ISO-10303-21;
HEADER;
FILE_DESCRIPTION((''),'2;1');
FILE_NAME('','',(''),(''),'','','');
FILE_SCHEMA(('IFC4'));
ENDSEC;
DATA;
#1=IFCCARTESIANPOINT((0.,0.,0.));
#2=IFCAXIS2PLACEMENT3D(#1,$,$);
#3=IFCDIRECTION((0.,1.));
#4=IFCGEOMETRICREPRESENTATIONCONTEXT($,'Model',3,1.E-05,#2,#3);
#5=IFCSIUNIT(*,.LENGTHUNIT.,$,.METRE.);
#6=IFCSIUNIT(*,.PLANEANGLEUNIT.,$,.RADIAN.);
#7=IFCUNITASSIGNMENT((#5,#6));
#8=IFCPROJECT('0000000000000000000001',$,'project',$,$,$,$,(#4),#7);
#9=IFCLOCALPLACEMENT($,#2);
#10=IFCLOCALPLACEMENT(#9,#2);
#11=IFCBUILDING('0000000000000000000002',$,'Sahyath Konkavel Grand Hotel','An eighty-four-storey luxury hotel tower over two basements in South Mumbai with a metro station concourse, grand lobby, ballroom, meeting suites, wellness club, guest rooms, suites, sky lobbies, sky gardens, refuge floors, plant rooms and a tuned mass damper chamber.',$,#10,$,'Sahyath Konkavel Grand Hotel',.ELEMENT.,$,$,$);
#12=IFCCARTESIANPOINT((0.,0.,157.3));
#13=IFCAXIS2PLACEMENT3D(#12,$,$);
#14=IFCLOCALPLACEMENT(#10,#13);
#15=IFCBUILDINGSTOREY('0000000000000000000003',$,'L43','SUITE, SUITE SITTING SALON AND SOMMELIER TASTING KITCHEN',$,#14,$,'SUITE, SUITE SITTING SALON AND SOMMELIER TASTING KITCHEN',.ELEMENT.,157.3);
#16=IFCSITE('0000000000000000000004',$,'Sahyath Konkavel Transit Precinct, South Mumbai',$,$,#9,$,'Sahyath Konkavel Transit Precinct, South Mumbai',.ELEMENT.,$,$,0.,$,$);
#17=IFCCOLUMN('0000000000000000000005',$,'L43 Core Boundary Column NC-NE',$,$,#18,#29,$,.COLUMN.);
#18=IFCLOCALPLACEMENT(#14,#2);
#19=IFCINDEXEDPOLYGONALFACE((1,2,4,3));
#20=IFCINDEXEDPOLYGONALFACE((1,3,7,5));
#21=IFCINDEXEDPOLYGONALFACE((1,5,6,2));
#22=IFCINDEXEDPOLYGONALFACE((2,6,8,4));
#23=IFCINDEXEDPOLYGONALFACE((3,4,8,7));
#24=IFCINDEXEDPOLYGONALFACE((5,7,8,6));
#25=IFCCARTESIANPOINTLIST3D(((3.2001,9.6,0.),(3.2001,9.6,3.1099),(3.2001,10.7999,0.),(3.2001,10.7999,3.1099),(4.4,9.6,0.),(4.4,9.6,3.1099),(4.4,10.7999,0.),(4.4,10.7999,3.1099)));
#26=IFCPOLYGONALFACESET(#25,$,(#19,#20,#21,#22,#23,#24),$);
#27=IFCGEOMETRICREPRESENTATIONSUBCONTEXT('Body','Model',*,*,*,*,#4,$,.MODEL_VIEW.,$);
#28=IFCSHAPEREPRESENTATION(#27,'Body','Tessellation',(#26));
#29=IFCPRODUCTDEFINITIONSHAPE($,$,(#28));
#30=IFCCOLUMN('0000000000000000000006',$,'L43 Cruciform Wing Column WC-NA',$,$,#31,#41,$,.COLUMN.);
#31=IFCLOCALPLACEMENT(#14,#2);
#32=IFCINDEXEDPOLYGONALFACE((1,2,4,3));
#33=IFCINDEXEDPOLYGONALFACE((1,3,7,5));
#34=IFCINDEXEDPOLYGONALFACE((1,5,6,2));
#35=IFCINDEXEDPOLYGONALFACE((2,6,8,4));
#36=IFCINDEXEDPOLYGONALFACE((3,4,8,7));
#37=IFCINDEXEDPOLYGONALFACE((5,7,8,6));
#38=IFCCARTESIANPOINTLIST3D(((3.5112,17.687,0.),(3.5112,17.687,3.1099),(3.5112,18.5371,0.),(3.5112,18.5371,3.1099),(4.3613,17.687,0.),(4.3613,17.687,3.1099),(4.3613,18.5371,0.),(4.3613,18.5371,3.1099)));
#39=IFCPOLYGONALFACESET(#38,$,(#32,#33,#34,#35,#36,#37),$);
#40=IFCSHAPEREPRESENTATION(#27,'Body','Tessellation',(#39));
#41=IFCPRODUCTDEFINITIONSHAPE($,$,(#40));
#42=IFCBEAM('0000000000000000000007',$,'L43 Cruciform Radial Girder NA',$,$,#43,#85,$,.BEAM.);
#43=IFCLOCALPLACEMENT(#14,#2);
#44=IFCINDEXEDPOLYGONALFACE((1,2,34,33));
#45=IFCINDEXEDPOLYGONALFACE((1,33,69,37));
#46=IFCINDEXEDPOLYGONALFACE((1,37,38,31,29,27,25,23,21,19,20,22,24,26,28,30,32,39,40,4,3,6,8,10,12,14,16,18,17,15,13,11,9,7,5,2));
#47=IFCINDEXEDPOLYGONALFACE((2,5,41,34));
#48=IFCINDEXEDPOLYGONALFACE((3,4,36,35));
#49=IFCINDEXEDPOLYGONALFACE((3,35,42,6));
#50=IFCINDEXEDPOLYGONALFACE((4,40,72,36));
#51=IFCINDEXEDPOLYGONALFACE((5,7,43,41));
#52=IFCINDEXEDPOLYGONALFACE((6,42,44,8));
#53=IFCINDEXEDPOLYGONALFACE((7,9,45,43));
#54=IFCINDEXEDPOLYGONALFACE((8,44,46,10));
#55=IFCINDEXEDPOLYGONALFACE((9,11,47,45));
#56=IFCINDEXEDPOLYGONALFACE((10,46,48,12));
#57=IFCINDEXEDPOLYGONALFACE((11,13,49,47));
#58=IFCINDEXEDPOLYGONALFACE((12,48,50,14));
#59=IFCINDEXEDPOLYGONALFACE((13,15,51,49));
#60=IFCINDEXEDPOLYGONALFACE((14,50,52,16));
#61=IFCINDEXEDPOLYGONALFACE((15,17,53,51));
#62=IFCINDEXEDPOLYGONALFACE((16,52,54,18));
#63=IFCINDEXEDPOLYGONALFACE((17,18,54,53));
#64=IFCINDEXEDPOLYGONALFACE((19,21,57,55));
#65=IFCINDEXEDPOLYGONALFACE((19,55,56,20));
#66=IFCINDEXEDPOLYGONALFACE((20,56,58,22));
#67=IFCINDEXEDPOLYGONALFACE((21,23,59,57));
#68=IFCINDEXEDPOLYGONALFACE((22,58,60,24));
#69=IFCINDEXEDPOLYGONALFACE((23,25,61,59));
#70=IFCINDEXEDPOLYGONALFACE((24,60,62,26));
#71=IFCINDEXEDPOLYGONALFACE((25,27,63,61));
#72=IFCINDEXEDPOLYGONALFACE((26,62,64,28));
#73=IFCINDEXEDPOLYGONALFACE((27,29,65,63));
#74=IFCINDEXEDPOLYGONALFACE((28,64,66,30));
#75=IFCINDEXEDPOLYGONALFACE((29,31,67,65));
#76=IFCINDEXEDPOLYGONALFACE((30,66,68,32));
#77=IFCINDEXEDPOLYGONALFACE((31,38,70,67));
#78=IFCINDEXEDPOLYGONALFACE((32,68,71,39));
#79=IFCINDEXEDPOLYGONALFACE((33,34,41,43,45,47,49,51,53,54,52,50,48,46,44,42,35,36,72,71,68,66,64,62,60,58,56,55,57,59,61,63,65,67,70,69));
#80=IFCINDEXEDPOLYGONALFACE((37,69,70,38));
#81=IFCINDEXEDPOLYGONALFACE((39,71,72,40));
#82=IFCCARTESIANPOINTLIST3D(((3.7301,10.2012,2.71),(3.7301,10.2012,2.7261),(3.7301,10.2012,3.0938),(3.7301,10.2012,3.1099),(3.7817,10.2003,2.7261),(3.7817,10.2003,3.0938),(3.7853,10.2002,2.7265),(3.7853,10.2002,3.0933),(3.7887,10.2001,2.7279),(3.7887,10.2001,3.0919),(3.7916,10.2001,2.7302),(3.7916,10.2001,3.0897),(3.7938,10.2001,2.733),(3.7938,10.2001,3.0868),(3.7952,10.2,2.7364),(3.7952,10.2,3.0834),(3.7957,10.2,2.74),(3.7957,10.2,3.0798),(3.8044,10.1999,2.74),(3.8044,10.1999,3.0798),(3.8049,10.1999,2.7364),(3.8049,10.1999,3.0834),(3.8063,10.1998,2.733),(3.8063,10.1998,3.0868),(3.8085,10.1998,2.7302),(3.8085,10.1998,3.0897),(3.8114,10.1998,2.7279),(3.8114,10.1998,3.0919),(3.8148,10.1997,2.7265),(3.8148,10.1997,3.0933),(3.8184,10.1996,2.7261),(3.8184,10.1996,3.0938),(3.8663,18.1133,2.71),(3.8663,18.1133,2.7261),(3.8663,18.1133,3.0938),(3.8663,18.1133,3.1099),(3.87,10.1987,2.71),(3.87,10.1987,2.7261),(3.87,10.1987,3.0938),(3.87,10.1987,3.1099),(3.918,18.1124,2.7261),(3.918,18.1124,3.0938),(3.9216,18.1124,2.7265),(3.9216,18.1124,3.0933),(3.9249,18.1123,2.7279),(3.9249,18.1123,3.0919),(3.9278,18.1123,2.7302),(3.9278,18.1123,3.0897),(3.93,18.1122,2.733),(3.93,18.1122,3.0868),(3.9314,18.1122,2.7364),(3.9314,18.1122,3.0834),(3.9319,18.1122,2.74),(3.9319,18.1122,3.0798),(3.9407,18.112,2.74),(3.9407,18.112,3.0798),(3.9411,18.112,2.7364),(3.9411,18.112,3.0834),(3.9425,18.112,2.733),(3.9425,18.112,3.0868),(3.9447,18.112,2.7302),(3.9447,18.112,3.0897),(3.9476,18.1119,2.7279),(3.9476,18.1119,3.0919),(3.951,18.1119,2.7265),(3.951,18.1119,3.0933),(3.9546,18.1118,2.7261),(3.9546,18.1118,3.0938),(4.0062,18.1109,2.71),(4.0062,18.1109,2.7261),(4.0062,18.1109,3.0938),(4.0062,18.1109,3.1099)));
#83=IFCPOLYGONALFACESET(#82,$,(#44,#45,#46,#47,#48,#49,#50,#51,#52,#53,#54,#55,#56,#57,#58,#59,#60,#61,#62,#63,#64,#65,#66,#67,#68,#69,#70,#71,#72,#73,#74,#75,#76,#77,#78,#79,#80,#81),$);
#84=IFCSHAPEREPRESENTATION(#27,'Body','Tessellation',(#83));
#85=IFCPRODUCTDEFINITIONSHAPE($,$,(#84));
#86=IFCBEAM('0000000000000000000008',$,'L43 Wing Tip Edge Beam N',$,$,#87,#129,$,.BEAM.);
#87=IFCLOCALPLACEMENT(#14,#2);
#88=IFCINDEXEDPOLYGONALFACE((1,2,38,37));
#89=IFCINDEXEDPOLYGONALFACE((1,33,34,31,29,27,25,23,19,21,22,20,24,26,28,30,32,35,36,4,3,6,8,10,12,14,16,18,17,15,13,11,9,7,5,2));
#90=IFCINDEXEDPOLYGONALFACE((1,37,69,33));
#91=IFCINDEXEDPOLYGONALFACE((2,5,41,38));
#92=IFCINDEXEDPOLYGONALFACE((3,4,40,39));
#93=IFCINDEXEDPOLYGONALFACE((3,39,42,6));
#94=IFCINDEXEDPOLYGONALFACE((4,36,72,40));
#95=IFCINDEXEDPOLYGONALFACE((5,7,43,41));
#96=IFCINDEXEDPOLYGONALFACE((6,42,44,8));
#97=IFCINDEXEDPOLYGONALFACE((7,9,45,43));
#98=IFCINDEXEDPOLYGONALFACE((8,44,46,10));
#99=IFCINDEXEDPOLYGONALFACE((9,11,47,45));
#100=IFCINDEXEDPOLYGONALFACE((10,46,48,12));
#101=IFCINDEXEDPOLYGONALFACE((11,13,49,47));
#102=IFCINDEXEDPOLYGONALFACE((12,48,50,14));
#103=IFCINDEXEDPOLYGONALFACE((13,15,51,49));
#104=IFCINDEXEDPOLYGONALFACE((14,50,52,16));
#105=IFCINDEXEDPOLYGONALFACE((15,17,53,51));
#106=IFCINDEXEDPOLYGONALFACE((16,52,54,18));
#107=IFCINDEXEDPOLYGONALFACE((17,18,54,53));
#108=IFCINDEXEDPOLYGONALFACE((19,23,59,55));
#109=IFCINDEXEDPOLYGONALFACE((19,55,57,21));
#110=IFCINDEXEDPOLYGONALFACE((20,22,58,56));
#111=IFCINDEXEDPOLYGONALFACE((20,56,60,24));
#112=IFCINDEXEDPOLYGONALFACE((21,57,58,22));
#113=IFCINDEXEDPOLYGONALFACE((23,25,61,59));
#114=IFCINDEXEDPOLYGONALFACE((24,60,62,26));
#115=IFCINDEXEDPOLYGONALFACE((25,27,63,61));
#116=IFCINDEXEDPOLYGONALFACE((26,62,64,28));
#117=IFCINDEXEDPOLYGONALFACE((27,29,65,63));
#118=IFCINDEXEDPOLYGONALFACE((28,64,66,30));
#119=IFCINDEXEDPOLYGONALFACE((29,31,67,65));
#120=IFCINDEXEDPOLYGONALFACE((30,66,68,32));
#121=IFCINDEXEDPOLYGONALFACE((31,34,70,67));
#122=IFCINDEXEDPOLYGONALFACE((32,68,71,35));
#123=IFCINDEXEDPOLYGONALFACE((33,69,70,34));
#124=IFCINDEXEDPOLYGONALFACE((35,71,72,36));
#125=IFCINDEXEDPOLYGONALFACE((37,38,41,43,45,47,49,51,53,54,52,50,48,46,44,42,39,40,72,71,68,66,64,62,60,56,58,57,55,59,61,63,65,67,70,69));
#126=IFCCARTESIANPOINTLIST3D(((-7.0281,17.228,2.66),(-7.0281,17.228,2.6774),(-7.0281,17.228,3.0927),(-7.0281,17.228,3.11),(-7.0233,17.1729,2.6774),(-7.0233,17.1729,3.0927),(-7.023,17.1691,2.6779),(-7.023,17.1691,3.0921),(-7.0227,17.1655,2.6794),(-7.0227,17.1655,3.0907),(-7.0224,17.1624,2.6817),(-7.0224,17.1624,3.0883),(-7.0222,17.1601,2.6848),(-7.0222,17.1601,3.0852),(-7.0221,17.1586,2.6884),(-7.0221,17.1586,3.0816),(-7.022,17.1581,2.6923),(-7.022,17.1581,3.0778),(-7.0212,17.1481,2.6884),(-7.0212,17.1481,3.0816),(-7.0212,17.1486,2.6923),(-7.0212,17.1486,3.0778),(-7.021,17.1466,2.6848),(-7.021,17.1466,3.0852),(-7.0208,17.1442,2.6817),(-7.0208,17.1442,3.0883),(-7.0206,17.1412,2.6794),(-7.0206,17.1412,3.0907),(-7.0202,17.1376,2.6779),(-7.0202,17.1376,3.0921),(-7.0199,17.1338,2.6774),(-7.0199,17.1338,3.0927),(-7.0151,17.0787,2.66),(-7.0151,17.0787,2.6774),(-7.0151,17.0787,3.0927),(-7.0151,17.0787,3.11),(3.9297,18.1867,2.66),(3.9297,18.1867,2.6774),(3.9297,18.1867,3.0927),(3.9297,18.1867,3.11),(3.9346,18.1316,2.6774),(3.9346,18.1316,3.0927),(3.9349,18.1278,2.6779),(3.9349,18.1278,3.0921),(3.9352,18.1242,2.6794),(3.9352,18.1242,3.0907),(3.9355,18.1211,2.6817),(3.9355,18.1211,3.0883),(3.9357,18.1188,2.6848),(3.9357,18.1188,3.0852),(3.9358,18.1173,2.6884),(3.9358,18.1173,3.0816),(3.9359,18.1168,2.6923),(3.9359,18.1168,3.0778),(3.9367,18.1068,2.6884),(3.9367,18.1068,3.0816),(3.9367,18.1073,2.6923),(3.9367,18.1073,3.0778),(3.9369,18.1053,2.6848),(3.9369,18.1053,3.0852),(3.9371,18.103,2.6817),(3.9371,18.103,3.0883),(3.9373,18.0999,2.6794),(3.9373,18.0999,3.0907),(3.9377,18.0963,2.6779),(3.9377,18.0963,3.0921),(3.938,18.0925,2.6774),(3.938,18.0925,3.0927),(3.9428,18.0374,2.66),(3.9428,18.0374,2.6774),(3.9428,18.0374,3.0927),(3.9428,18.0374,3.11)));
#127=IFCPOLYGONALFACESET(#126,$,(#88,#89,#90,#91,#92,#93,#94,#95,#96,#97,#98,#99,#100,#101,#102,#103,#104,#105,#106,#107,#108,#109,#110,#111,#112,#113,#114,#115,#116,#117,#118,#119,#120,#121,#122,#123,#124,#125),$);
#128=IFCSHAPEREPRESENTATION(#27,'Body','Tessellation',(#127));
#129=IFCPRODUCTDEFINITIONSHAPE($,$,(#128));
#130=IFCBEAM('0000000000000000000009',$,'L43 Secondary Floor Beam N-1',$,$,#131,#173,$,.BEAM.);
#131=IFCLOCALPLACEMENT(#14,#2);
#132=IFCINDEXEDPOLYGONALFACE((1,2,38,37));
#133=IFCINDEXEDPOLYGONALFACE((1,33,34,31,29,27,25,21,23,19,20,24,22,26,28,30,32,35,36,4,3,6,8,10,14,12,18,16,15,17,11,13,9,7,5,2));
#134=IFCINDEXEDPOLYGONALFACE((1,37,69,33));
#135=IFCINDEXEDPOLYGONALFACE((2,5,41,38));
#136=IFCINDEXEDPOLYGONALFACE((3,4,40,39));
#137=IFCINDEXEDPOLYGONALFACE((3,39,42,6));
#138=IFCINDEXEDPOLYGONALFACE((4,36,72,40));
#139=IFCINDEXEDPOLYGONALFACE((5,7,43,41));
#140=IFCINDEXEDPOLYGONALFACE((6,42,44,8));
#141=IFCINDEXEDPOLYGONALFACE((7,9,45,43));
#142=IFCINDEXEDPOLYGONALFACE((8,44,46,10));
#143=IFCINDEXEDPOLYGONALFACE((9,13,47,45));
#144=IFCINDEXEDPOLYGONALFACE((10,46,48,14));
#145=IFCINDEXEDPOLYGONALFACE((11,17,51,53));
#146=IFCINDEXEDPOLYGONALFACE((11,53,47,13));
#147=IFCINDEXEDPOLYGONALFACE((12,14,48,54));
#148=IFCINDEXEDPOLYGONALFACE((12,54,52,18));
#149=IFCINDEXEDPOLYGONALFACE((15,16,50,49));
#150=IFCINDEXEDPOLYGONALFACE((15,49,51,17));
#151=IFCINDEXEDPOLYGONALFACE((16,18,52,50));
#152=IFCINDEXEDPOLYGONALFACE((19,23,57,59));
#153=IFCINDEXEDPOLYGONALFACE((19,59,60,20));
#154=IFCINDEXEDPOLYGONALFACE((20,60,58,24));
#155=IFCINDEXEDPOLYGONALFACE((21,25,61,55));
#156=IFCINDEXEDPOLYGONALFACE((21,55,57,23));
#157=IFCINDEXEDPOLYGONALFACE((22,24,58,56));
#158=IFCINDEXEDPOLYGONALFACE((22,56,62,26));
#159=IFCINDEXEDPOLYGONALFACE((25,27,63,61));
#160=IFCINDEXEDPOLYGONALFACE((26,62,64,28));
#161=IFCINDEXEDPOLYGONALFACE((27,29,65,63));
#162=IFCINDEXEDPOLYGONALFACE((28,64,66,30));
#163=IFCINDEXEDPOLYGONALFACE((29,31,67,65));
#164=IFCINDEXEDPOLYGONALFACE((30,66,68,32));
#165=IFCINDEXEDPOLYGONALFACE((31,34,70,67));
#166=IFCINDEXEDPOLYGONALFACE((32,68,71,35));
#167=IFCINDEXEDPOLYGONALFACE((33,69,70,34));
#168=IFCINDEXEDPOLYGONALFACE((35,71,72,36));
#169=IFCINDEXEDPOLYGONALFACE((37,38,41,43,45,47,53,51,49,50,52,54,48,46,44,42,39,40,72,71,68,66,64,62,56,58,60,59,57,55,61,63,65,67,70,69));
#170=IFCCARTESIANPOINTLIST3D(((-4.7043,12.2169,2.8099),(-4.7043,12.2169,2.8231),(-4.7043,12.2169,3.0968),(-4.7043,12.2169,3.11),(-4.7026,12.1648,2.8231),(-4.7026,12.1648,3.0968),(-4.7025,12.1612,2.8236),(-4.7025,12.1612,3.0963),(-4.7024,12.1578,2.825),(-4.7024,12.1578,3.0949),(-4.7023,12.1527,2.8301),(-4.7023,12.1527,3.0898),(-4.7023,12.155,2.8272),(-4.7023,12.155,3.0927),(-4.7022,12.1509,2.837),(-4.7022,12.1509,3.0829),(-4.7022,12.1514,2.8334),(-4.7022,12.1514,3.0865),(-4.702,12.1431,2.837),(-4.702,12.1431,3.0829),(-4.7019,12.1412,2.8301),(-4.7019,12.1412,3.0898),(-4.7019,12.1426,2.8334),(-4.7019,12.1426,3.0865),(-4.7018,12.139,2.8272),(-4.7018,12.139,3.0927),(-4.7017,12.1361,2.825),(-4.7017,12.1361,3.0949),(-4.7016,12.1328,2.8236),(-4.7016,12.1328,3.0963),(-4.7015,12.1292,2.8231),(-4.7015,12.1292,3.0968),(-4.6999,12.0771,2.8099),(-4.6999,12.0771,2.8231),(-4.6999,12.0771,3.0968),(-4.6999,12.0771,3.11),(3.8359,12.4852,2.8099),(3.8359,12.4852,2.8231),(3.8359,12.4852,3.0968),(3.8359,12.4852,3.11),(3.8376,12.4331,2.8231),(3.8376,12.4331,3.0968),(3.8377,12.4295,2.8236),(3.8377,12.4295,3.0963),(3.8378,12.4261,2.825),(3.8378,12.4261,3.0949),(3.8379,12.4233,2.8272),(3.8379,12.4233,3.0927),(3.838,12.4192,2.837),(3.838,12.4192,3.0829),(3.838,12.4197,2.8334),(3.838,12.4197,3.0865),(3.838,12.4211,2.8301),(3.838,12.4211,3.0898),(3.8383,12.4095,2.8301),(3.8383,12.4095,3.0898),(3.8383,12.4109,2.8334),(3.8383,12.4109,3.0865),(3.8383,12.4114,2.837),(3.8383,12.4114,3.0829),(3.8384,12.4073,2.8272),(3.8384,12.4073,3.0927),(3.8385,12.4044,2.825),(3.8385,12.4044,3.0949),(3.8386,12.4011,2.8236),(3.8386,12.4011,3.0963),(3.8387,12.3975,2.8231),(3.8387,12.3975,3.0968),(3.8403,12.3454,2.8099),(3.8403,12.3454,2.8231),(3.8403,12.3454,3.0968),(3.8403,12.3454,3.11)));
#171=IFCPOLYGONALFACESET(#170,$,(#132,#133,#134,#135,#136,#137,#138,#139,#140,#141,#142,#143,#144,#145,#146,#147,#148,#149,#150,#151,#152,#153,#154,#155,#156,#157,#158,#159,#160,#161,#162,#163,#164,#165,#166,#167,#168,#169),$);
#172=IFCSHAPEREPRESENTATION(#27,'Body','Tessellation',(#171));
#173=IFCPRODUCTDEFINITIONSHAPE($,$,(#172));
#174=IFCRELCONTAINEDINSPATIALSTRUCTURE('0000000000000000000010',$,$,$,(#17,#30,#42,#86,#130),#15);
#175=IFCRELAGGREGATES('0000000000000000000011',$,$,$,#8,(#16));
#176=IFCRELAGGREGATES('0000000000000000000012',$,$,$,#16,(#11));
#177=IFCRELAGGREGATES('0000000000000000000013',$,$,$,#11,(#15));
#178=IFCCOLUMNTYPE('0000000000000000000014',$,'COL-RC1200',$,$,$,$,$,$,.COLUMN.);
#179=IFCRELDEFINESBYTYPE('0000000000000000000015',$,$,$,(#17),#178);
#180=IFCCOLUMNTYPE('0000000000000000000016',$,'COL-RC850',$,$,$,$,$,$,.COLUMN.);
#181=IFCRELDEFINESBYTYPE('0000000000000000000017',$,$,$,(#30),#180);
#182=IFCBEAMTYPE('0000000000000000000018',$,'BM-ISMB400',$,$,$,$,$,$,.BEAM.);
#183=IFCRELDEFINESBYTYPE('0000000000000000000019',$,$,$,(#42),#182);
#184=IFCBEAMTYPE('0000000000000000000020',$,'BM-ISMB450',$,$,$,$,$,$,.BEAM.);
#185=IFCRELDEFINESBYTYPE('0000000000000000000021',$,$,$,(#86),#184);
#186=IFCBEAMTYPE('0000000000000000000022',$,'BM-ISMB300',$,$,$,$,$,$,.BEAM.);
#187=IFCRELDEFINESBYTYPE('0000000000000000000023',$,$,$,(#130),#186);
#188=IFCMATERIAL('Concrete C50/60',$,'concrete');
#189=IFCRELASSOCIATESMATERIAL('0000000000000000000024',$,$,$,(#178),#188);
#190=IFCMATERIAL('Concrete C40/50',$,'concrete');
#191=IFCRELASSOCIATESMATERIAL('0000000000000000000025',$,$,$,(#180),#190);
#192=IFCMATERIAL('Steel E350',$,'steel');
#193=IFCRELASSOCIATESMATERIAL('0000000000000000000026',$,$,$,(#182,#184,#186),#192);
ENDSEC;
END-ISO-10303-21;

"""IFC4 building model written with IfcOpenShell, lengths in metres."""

from ifc_helpers import new_model, si_unit, direction, frame, origin, origin_2d, place, context, subcontext, project, spatial, rectangle, i_section, extrude, source, transform, mapped, material, material_profile, profile_set, type_object, element, save


model = new_model("IFC4")

# Units and contexts
model_context = context("Model", 3, precision=1e-05, world=origin(), true_north=direction((0.0, 1.0)))
body_context = subcontext(model_context, "Body", "Model", "MODEL_VIEW")
ifc_project = project(units=[si_unit("LENGTHUNIT", "METRE"), si_unit("PLANEANGLEUNIT", "RADIAN")], contexts=[model_context])

# Site, building, storey
site_placement = place(None, origin())
site = spatial("IfcSite", under=ifc_project, at=site_placement, Name="Sahyath Konkavel Transit Precinct, South Mumbai", LongName="Sahyath Konkavel Transit Precinct, South Mumbai", CompositionType="ELEMENT", RefElevation=0.0)
building_placement = place(site_placement, origin())
building = spatial("IfcBuilding", under=site, at=building_placement, Name="Sahyath Konkavel Grand Hotel", Description="An eighty-four-storey luxury hotel tower over two basements in South Mumbai with a metro station concourse, grand lobby, ballroom, meeting suites, wellness club, guest rooms, suites, sky lobbies, sky gardens, refuge floors, plant rooms and a tuned mass damper chamber.", LongName="Sahyath Konkavel Grand Hotel", CompositionType="ELEMENT")
storey_placement = place(building_placement, frame((0.0, 0.0, 157.3)))
storey = spatial("IfcBuildingStorey", under=building, at=storey_placement, Name="L43", Description="SUITE, SUITE SITTING SALON AND SOMMELIER TASTING KITCHEN", LongName="SUITE, SUITE SITTING SALON AND SOMMELIER TASTING KITCHEN", CompositionType="ELEMENT", Elevation=157.3)

# Columns
ifc_material_1 = material(Name="Concrete C50/60", Category="concrete")
ifc_material_profile_1 = material_profile(ifc_material_1, rectangle(XDim=1.2, YDim=1.2, at=origin_2d()), Name="RC 1200x1200")
ifc_profile_set_1 = profile_set([ifc_material_profile_1], Name="Concrete C50/60")
column_type_1 = type_object("IfcColumnType", Name="COL-RC1200", PredefinedType="COLUMN", material=ifc_profile_set_1)
shared_shape_1 = source(origin(), body_context, "Body", "SweptSolid", [
    extrude(rectangle(XDim=1.2, YDim=1.2, at=origin_2d()), origin(), (0.0, 0.0, 1.0), 3.1099),
])
column_1_placement = place(storey_placement, frame((3.8, 10.2, 0.0), z_axis=(0.0, 0.0, 1.0), x_axis=(1.0, 0.0, 0.0)))
element("IfcColumn", 1, at=column_1_placement, inside=storey, type_object=column_type_1, Name="L43 Core Boundary Column NC-NE", PredefinedType="COLUMN", context=body_context, shape_type="MappedRepresentation", body=[
    mapped(shared_shape_1, transform((0.0, 0.0, 0.0), scale=1.0)),
])
ifc_material_2 = material(Name="Concrete C40/50", Category="concrete")
ifc_material_profile_2 = material_profile(ifc_material_2, rectangle(XDim=0.8501, YDim=0.8501, at=origin_2d()), Name="RC 850x850")
ifc_profile_set_2 = profile_set([ifc_material_profile_2], Name="Concrete C40/50")
column_type_2 = type_object("IfcColumnType", Name="COL-RC850", PredefinedType="COLUMN", material=ifc_profile_set_2)
shared_shape_2 = source(origin(), body_context, "Body", "SweptSolid", [
    extrude(rectangle(XDim=0.8501, YDim=0.8501, at=origin_2d()), origin(), (0.0, 0.0, 1.0), 3.1099),
])
column_2_placement = place(storey_placement, frame((3.9363, 18.1121, 0.0), z_axis=(0.0, 0.0, 1.0), x_axis=(1.0, 0.0, 0.0)))
element("IfcColumn", 2, at=column_2_placement, inside=storey, type_object=column_type_2, Name="L43 Cruciform Wing Column WC-NA", PredefinedType="COLUMN", context=body_context, shape_type="MappedRepresentation", body=[
    mapped(shared_shape_2, transform((0.0, 0.0, 0.0), scale=1.0)),
])

# Beams
ifc_material_3 = material(Name="Steel E350", Category="steel")
ifc_material_profile_3 = material_profile(ifc_material_3, i_section(OverallWidth=0.1399, OverallDepth=0.3999, WebThickness=0.0088, FlangeThickness=0.0161, FilletRadius=0.0139, at=origin_2d()), Name="ISMB 400")
ifc_profile_set_3 = profile_set([ifc_material_profile_3], Name="Steel E350")
beam_type_1 = type_object("IfcBeamType", Name="BM-ISMB400", PredefinedType="BEAM", material=ifc_profile_set_3)
shared_shape_3 = source(origin(), body_context, "Body", "SweptSolid", [
    extrude(i_section(OverallWidth=0.1399, OverallDepth=0.3999, WebThickness=0.0088, FlangeThickness=0.0161, FilletRadius=0.0139, at=origin_2d()), origin(), (0.0, 0.0, 1.0), 7.9133),
])
beam_1_placement = place(storey_placement, frame((3.8, 10.2, 2.9099), z_axis=(0.017215, 0.999852, 0.0), x_axis=(-0.999852, 0.017215, 0.0)))
element("IfcBeam", 3, at=beam_1_placement, inside=storey, type_object=beam_type_1, Name="L43 Cruciform Radial Girder NA", PredefinedType="BEAM", context=body_context, shape_type="MappedRepresentation", body=[
    mapped(shared_shape_3, transform((0.0, 0.0, 0.0), scale=1.0)),
])
ifc_material_profile_4 = material_profile(ifc_material_3, i_section(OverallWidth=0.1499, OverallDepth=0.45, WebThickness=0.0095, FlangeThickness=0.0173, FilletRadius=0.0149, at=origin_2d()), Name="ISMB 450")
ifc_profile_set_4 = profile_set([ifc_material_profile_4], Name="Steel E350")
beam_type_2 = type_object("IfcBeamType", Name="BM-ISMB450", PredefinedType="BEAM", material=ifc_profile_set_4)
shared_shape_4 = source(origin(), body_context, "Body", "SweptSolid", [
    extrude(i_section(OverallWidth=0.1499, OverallDepth=0.45, WebThickness=0.0095, FlangeThickness=0.0173, FilletRadius=0.0149, at=origin_2d()), origin(), (0.0, 0.0, 1.0), 10.9998),
])
beam_2_placement = place(storey_placement, frame((3.9363, 18.1121, 2.885), z_axis=(-0.996194, -0.087159, 0.0), x_axis=(0.087159, -0.996194, 0.0)))
element("IfcBeam", 4, at=beam_2_placement, inside=storey, type_object=beam_type_2, Name="L43 Wing Tip Edge Beam N", PredefinedType="BEAM", context=body_context, shape_type="MappedRepresentation", body=[
    mapped(shared_shape_4, transform((0.0, 0.0, 0.0), scale=1.0)),
])
ifc_material_profile_5 = material_profile(ifc_material_3, i_section(OverallWidth=0.1399, OverallDepth=0.3, WebThickness=0.0078, FlangeThickness=0.0132, FilletRadius=0.0139, at=origin_2d()), Name="ISMB 300")
ifc_profile_set_5 = profile_set([ifc_material_profile_5], Name="Steel E350")
beam_type_3 = type_object("IfcBeamType", Name="BM-ISMB300", PredefinedType="BEAM", material=ifc_profile_set_5)
shared_shape_5 = source(origin(), body_context, "Body", "SweptSolid", [
    extrude(i_section(OverallWidth=0.1399, OverallDepth=0.3, WebThickness=0.0078, FlangeThickness=0.0132, FilletRadius=0.0139, at=origin_2d()), origin(), (0.0, 0.0, 1.0), 8.5444),
])
beam_3_placement = place(storey_placement, frame((3.8381, 12.4153, 2.96), z_axis=(-0.999507, -0.031402, 0.0), x_axis=(0.031402, -0.999507, 0.0)))
element("IfcBeam", 5, at=beam_3_placement, inside=storey, type_object=beam_type_3, Name="L43 Secondary Floor Beam N-1", PredefinedType="BEAM", context=body_context, shape_type="MappedRepresentation", body=[
    mapped(shared_shape_5, transform((0.0, 0.0, 0.0), scale=1.0)),
])

save(model, "model.ifc")
